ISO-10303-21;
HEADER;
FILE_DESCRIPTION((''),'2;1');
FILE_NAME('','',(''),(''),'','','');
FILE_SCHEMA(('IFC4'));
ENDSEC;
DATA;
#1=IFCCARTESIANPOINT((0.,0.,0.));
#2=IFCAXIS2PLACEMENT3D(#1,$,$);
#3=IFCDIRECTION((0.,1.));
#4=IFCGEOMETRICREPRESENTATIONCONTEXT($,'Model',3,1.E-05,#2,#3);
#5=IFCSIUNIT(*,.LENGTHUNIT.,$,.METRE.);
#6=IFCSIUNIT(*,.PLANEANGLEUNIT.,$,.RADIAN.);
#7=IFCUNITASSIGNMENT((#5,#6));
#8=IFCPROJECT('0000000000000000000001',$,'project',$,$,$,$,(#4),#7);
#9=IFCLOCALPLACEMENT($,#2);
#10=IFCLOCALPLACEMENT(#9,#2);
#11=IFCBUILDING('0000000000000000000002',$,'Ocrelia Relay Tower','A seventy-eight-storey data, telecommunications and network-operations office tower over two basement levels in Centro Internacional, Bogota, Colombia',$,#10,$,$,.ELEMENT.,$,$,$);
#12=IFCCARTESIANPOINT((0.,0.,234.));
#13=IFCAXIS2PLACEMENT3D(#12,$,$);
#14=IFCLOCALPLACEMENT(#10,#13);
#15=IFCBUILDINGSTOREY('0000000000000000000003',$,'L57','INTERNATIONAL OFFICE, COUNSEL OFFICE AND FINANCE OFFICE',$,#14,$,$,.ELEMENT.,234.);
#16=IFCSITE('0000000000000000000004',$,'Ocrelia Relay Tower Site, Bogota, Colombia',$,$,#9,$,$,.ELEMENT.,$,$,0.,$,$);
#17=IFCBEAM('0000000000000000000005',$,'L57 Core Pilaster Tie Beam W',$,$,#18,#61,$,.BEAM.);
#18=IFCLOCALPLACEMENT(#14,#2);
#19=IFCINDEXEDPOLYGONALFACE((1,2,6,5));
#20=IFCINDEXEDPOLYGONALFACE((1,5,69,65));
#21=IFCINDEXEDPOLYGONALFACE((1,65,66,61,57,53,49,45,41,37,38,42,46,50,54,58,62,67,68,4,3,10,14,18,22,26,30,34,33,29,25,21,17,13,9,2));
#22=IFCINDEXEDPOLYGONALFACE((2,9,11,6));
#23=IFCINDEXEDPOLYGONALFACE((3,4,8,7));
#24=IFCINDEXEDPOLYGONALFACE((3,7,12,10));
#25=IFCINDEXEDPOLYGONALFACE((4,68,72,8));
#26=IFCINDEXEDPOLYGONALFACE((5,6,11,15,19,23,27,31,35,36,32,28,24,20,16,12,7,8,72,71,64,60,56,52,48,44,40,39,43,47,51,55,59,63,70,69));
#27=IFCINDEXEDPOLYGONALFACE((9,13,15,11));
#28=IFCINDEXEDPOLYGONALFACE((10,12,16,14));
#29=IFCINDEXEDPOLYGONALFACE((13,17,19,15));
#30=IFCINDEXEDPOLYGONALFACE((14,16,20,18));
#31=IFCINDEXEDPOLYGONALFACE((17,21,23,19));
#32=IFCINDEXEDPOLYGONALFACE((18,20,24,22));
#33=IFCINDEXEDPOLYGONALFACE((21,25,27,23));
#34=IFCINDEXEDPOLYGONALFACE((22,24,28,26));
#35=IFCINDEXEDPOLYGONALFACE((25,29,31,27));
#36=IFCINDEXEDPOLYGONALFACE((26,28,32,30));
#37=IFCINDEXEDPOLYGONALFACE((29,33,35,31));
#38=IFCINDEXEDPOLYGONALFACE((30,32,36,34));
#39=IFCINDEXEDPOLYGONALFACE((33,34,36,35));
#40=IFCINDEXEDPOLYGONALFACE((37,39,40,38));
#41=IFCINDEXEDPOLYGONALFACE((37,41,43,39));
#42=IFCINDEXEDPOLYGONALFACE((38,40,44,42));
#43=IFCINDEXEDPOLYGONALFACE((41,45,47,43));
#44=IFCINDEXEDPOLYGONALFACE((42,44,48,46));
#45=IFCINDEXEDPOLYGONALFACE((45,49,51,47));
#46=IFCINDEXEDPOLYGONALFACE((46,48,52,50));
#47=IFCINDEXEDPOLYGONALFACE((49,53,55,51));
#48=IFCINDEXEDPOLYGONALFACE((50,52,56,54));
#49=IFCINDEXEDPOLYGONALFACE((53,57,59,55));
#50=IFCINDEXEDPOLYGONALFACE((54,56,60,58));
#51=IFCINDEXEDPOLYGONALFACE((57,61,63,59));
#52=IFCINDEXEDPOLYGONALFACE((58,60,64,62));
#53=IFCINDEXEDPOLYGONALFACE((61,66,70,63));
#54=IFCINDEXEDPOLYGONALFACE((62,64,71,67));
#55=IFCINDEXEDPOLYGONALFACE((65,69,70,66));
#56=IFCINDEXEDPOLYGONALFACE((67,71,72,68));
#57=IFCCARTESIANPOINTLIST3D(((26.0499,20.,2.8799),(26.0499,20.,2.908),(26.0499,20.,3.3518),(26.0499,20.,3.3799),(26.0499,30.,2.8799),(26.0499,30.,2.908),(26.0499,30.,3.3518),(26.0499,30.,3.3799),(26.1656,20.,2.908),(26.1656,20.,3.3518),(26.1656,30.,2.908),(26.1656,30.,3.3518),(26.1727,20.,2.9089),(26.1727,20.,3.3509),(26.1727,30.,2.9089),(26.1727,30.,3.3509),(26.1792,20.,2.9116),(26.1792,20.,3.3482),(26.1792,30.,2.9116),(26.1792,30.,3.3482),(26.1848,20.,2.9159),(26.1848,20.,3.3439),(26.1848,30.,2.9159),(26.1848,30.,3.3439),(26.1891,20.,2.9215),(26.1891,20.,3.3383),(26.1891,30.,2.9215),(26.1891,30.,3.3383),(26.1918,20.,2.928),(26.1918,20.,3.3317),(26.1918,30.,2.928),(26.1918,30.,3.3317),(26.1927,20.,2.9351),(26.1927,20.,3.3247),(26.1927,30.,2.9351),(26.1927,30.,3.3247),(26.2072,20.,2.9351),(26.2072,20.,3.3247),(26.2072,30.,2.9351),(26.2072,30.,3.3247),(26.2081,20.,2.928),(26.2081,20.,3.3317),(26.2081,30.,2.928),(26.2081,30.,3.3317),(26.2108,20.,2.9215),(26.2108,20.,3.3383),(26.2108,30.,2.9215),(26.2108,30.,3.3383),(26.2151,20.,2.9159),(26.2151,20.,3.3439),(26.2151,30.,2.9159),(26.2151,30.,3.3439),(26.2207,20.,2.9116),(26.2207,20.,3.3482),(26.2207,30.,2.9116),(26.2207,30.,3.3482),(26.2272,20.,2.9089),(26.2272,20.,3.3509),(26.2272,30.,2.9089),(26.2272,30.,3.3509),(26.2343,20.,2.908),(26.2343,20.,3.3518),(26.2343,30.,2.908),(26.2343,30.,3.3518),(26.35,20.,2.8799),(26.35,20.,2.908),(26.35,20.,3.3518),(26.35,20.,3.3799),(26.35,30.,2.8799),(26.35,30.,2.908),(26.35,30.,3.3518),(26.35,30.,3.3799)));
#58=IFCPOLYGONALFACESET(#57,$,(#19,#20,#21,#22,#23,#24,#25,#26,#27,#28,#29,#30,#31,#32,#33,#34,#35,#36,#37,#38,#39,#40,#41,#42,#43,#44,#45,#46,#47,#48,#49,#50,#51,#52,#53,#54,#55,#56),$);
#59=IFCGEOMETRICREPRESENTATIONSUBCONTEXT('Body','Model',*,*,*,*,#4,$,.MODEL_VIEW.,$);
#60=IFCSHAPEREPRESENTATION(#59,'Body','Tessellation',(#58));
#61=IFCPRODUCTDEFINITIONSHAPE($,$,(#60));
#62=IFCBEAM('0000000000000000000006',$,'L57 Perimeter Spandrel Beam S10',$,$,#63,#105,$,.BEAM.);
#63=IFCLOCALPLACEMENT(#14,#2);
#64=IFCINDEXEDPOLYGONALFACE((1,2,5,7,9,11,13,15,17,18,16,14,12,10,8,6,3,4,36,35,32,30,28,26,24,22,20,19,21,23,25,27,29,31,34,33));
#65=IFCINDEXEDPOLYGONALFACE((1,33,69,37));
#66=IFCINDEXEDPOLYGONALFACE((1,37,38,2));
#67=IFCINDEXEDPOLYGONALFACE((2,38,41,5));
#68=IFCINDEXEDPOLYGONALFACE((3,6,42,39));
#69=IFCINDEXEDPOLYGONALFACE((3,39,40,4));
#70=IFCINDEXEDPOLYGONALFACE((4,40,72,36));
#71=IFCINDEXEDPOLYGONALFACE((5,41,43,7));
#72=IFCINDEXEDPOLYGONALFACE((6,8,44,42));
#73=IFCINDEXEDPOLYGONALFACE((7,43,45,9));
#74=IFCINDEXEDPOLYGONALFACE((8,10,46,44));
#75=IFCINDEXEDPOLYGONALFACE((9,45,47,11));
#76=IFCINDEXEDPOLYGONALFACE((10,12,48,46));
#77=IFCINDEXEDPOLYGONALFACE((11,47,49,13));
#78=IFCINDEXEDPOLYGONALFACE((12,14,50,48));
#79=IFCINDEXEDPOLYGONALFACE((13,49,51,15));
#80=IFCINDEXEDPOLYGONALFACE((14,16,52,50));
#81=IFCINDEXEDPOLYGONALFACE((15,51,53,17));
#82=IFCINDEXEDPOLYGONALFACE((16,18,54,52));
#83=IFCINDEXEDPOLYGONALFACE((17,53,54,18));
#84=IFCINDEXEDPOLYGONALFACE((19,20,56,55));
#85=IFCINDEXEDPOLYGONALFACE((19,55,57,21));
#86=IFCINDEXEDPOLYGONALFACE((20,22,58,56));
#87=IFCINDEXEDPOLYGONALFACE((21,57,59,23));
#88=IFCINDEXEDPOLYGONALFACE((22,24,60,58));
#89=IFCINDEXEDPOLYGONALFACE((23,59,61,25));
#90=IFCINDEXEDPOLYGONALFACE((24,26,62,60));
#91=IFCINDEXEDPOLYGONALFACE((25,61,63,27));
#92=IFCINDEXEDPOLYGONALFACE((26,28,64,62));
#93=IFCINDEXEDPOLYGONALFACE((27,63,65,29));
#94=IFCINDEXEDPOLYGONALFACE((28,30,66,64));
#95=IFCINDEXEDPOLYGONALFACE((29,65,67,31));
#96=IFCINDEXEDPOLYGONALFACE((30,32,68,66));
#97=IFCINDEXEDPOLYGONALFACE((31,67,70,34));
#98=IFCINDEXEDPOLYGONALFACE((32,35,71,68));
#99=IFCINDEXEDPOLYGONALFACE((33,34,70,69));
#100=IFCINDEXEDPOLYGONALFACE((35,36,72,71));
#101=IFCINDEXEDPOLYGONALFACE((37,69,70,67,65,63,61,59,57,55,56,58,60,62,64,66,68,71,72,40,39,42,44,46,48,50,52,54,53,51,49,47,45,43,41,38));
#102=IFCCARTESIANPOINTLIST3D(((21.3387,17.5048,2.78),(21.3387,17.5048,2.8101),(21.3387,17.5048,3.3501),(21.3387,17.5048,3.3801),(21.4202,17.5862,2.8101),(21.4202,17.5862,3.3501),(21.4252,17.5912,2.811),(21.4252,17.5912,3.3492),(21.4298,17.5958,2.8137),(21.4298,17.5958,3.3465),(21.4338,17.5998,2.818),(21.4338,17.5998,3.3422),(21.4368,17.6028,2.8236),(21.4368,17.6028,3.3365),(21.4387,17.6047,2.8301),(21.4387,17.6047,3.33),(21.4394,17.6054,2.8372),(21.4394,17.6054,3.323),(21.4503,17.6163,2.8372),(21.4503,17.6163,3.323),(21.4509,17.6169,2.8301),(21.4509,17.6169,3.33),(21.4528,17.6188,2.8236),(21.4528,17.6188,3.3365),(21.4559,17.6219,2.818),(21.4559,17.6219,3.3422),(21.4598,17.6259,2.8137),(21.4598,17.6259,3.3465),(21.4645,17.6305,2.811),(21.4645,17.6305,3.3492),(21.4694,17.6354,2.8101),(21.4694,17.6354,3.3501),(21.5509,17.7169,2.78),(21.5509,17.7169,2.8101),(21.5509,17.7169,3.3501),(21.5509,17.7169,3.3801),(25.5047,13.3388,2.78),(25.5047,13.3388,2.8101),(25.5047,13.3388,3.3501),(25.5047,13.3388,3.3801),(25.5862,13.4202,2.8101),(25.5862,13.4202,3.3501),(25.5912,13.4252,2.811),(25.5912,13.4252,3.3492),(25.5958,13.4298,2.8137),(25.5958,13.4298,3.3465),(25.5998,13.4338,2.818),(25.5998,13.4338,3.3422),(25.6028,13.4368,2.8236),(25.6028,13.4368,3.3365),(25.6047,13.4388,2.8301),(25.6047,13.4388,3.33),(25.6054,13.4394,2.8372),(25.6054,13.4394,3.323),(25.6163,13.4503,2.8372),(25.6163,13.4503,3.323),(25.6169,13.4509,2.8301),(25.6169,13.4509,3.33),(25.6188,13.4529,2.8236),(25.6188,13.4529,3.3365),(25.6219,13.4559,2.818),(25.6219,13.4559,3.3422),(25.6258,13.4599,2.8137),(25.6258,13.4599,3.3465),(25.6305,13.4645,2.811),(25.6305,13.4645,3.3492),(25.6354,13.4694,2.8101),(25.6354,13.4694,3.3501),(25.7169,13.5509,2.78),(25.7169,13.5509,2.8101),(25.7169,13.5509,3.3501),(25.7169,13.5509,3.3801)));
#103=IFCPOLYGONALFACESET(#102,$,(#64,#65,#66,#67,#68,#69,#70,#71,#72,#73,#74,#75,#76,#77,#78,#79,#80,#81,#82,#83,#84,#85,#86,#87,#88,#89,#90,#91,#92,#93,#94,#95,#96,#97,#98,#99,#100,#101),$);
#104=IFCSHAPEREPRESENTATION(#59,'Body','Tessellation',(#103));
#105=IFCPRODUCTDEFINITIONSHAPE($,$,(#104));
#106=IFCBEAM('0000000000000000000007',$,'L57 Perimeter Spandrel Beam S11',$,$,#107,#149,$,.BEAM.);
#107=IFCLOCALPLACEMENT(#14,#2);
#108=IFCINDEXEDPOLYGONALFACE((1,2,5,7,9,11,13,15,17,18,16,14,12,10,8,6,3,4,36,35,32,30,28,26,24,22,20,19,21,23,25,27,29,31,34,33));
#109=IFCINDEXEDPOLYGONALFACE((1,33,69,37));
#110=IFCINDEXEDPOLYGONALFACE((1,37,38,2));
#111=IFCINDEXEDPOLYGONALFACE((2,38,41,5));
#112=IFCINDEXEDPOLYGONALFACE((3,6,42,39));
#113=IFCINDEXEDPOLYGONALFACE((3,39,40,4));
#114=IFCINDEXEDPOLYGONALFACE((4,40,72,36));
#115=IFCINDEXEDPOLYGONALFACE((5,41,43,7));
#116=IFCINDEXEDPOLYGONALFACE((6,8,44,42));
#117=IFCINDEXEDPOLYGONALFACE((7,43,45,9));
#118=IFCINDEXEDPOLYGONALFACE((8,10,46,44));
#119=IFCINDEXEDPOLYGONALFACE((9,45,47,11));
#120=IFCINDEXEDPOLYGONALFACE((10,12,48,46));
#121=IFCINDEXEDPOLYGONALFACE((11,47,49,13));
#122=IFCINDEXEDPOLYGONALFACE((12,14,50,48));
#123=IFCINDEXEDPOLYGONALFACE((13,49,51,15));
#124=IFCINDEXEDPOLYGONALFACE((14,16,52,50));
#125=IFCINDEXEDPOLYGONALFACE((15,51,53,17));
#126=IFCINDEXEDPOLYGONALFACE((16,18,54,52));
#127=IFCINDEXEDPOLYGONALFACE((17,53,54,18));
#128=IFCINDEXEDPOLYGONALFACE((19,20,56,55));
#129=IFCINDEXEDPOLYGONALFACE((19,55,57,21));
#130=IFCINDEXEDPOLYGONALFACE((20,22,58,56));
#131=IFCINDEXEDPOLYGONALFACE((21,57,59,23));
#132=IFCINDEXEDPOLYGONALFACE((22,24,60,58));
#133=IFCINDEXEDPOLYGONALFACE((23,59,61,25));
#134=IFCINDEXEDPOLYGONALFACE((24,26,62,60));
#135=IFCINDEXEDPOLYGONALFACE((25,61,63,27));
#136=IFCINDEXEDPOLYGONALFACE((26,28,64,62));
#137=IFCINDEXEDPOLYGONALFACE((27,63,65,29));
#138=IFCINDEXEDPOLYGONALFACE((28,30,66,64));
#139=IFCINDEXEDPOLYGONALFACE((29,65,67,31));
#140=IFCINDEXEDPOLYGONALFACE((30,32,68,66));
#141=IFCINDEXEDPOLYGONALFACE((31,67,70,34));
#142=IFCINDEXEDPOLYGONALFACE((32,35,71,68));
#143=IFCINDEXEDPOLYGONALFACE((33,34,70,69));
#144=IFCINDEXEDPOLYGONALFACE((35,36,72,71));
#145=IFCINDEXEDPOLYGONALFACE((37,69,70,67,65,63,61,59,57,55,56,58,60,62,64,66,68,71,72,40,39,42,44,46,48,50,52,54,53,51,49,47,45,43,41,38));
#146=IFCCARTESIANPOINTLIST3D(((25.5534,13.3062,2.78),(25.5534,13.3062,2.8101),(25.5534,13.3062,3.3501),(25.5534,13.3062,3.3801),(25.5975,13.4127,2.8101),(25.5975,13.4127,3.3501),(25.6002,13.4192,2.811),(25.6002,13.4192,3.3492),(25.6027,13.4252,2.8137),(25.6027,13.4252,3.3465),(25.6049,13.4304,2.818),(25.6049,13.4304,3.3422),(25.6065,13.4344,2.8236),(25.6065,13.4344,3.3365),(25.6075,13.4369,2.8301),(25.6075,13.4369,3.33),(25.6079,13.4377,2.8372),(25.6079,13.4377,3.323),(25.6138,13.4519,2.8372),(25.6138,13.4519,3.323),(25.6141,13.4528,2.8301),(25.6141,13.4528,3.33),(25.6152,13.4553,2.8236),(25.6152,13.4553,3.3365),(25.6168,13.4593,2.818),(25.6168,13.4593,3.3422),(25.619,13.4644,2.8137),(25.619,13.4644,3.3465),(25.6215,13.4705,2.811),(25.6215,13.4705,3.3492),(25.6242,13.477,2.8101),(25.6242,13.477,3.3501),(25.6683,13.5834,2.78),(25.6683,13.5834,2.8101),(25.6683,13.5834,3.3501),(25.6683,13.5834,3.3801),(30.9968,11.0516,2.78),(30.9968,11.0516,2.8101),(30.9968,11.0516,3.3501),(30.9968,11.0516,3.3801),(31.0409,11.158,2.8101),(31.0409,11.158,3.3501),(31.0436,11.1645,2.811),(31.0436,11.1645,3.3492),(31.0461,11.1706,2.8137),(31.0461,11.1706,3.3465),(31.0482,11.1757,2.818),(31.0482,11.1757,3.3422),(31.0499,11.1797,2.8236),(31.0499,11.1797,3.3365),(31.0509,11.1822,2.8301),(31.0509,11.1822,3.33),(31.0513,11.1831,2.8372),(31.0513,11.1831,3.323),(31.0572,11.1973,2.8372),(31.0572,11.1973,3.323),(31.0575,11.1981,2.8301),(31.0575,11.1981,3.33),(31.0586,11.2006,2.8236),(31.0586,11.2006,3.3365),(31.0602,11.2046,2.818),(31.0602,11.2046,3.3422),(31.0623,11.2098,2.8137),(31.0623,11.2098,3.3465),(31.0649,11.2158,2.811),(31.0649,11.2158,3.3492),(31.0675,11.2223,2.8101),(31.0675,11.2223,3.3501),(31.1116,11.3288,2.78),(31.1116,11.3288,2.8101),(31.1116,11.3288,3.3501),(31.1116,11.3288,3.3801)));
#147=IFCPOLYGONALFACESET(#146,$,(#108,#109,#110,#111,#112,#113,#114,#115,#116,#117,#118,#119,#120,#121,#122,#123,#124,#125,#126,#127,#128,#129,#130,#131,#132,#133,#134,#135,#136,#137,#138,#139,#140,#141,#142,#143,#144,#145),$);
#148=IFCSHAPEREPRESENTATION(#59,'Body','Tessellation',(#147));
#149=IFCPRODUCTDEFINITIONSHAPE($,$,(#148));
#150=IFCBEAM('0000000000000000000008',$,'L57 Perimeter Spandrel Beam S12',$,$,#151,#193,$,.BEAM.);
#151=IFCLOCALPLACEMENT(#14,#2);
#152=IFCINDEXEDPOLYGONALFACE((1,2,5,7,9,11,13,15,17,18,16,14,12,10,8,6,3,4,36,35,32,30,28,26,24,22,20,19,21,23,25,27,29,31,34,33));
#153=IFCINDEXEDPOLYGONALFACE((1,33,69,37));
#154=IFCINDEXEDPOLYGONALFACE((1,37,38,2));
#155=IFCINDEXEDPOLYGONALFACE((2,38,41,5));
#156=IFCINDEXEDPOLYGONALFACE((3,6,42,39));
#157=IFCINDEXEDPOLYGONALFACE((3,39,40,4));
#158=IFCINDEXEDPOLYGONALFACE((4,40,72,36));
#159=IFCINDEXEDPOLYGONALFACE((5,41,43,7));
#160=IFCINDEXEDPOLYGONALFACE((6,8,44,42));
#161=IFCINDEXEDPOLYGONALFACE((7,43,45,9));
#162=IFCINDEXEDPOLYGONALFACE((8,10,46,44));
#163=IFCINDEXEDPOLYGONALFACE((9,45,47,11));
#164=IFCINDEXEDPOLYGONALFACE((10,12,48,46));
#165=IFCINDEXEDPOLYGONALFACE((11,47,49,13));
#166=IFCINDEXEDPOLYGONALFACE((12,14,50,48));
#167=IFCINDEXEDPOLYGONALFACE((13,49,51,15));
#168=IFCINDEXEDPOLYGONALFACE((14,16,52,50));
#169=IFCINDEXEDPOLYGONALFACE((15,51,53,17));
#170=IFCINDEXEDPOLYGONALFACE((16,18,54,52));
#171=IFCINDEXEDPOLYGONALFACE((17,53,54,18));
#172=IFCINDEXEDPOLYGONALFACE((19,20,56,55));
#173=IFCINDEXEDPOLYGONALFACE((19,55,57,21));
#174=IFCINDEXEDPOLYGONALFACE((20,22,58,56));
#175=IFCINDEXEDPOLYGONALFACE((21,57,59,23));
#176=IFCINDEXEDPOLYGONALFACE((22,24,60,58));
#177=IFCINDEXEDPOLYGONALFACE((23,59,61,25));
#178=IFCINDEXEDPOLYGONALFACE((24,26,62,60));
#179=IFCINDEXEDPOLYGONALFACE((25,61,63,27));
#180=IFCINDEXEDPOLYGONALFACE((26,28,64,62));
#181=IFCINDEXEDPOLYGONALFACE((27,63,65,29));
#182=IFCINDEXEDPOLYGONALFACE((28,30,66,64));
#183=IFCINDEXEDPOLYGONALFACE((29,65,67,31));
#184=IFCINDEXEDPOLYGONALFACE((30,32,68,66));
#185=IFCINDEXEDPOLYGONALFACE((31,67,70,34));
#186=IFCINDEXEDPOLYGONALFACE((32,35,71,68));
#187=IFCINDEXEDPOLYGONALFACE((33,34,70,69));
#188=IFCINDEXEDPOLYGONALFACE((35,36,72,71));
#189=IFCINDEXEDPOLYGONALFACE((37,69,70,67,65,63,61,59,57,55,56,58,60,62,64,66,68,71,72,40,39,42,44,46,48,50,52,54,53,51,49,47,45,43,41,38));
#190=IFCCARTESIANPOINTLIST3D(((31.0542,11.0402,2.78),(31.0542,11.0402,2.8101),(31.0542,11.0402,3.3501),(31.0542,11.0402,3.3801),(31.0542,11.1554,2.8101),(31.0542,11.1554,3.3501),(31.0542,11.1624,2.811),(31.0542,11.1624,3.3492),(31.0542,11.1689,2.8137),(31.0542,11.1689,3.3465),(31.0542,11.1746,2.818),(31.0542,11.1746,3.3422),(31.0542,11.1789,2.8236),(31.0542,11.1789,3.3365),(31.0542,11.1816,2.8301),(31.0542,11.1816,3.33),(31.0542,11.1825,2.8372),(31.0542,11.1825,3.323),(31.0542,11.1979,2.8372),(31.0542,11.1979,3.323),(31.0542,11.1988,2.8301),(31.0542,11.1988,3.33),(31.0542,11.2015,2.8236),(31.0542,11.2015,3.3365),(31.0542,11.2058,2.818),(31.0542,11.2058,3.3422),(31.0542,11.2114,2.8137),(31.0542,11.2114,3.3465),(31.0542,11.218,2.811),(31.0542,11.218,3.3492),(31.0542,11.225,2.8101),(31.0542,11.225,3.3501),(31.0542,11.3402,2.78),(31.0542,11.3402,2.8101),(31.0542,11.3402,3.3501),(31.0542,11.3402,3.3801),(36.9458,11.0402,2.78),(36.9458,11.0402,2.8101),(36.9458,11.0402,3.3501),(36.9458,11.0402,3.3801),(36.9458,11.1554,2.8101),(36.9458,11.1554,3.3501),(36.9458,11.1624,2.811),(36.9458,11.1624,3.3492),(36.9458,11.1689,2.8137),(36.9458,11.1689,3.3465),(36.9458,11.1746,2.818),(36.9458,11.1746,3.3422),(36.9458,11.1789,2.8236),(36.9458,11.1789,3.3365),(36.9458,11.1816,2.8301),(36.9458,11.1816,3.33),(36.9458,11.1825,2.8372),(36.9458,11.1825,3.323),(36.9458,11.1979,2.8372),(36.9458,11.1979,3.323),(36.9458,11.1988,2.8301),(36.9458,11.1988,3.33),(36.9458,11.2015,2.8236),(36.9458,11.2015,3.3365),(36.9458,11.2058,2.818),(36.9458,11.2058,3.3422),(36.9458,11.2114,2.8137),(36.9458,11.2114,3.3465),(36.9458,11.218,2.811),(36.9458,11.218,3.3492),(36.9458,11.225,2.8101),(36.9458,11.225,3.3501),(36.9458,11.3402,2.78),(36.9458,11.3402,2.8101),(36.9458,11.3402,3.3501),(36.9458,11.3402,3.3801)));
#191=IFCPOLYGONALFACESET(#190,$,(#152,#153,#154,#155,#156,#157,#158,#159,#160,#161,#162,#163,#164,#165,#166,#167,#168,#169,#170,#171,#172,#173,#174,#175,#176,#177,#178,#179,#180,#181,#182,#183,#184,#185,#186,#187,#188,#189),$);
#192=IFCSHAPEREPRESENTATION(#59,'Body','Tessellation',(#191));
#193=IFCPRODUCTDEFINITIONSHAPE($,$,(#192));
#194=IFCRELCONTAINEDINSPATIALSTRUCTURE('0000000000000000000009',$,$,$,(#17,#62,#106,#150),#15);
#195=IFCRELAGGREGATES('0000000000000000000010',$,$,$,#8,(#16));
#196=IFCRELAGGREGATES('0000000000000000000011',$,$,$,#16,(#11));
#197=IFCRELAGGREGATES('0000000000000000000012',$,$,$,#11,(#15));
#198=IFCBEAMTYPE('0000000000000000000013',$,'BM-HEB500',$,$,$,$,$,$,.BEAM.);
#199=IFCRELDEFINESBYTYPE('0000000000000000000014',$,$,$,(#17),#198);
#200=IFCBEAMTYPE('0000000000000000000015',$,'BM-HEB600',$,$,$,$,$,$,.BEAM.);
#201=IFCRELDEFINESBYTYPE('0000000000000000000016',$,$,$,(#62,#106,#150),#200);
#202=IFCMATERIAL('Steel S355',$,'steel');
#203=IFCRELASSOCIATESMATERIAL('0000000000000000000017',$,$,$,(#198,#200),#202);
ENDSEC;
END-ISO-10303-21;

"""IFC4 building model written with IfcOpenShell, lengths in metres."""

from ifc_helpers import new_model, si_unit, direction, frame, origin, origin_2d, place, context, subcontext, project, spatial, i_section, extrude, material, material_profile, profile_set, type_object, element, save


model = new_model("IFC4")

# Units and contexts
model_context = context("Model", 3, precision=1e-05, world=origin(), true_north=direction((0.0, 1.0)))
body_context = subcontext(model_context, "Body", "Model", "MODEL_VIEW")
ifc_project = project(units=[si_unit("LENGTHUNIT", "METRE"), si_unit("PLANEANGLEUNIT", "RADIAN")], contexts=[model_context])

# Site, building, storey
site_placement = place(None, origin())
site = spatial("IfcSite", under=ifc_project, at=site_placement, Name="Ocrelia Relay Tower Site, Bogota, Colombia", CompositionType="ELEMENT", RefElevation=0.0)
building_placement = place(site_placement, origin())
building = spatial("IfcBuilding", under=site, at=building_placement, Name="Ocrelia Relay Tower", Description="A seventy-eight-storey data, telecommunications and network-operations office tower over two basement levels in Centro Internacional, Bogota, Colombia", CompositionType="ELEMENT")
storey_placement = place(building_placement, frame((0.0, 0.0, 234.0)))
storey = spatial("IfcBuildingStorey", under=building, at=storey_placement, Name="L57", Description="INTERNATIONAL OFFICE, COUNSEL OFFICE AND FINANCE OFFICE", CompositionType="ELEMENT", Elevation=234.0)

# Beams
ifc_material_1 = material(Name="Steel S355", Category="steel")
ifc_material_profile_1 = material_profile(ifc_material_1, i_section(OverallWidth=0.3, OverallDepth=0.5, WebThickness=0.0144, FlangeThickness=0.0281, FilletRadius=0.0271, at=origin_2d()), Name="HEB 500")
ifc_profile_set_1 = profile_set([ifc_material_profile_1], Name="Steel S355")
beam_type_1 = type_object("IfcBeamType", Name="BM-HEB500", PredefinedType="BEAM", material=ifc_profile_set_1)
beam_1_placement = place(storey_placement, frame((26.2, 20.0, 3.1299), z_axis=(0.0, 1.0, 0.0), x_axis=(-1.0, 0.0, 0.0)))
element("IfcBeam", 1, at=beam_1_placement, inside=storey, type_object=beam_type_1, Name="L57 Core Pilaster Tie Beam W", PredefinedType="BEAM", context=body_context, shape_type="SweptSolid", body=[
    extrude(i_section(OverallWidth=0.3, OverallDepth=0.5, WebThickness=0.0144, FlangeThickness=0.0281, FilletRadius=0.0271, at=origin_2d()), origin(), (0.0, 0.0, 1.0), 10.0),
])
ifc_material_profile_2 = material_profile(ifc_material_1, i_section(OverallWidth=0.3, OverallDepth=0.6001, WebThickness=0.0154, FlangeThickness=0.03, FilletRadius=0.0271, at=origin_2d()), Name="HEB 600")
ifc_profile_set_2 = profile_set([ifc_material_profile_2], Name="Steel S355")
beam_type_2 = type_object("IfcBeamType", Name="BM-HEB600", PredefinedType="BEAM", material=ifc_profile_set_2)
beam_2_placement = place(storey_placement, frame((21.4448, 17.6108, 3.0801), z_axis=(0.707107, -0.707107, 0.0), x_axis=(0.707107, 0.707107, 0.0)))
element("IfcBeam", 2, at=beam_2_placement, inside=storey, type_object=beam_type_2, Name="L57 Perimeter Spandrel Beam S10", PredefinedType="BEAM", context=body_context, shape_type="SweptSolid", body=[
    extrude(i_section(OverallWidth=0.3, OverallDepth=0.6001, WebThickness=0.0154, FlangeThickness=0.03, FilletRadius=0.0271, at=origin_2d()), origin(), (0.0, 0.0, 1.0), 5.8916),
])
beam_3_placement = place(storey_placement, frame((25.6108, 13.4448, 3.0801), z_axis=(0.923884, -0.382673, 0.0), x_axis=(0.382673, 0.923884, 0.0)))
element("IfcBeam", 3, at=beam_3_placement, inside=storey, type_object=beam_type_2, Name="L57 Perimeter Spandrel Beam S11", PredefinedType="BEAM", context=body_context, shape_type="SweptSolid", body=[
    extrude(i_section(OverallWidth=0.3, OverallDepth=0.6001, WebThickness=0.0154, FlangeThickness=0.03, FilletRadius=0.0271, at=origin_2d()), origin(), (0.0, 0.0, 1.0), 5.8918),
])
beam_4_placement = place(storey_placement, frame((31.0542, 11.1902, 3.0801), z_axis=(1.0, 0.0, 0.0), x_axis=(0.0, 1.0, 0.0)))
element("IfcBeam", 4, at=beam_4_placement, inside=storey, type_object=beam_type_2, Name="L57 Perimeter Spandrel Beam S12", PredefinedType="BEAM", context=body_context, shape_type="SweptSolid", body=[
    extrude(i_section(OverallWidth=0.3, OverallDepth=0.6001, WebThickness=0.0154, FlangeThickness=0.03, FilletRadius=0.0271, at=origin_2d()), origin(), (0.0, 0.0, 1.0), 5.8916),
])

save(model, "model.ifc")
